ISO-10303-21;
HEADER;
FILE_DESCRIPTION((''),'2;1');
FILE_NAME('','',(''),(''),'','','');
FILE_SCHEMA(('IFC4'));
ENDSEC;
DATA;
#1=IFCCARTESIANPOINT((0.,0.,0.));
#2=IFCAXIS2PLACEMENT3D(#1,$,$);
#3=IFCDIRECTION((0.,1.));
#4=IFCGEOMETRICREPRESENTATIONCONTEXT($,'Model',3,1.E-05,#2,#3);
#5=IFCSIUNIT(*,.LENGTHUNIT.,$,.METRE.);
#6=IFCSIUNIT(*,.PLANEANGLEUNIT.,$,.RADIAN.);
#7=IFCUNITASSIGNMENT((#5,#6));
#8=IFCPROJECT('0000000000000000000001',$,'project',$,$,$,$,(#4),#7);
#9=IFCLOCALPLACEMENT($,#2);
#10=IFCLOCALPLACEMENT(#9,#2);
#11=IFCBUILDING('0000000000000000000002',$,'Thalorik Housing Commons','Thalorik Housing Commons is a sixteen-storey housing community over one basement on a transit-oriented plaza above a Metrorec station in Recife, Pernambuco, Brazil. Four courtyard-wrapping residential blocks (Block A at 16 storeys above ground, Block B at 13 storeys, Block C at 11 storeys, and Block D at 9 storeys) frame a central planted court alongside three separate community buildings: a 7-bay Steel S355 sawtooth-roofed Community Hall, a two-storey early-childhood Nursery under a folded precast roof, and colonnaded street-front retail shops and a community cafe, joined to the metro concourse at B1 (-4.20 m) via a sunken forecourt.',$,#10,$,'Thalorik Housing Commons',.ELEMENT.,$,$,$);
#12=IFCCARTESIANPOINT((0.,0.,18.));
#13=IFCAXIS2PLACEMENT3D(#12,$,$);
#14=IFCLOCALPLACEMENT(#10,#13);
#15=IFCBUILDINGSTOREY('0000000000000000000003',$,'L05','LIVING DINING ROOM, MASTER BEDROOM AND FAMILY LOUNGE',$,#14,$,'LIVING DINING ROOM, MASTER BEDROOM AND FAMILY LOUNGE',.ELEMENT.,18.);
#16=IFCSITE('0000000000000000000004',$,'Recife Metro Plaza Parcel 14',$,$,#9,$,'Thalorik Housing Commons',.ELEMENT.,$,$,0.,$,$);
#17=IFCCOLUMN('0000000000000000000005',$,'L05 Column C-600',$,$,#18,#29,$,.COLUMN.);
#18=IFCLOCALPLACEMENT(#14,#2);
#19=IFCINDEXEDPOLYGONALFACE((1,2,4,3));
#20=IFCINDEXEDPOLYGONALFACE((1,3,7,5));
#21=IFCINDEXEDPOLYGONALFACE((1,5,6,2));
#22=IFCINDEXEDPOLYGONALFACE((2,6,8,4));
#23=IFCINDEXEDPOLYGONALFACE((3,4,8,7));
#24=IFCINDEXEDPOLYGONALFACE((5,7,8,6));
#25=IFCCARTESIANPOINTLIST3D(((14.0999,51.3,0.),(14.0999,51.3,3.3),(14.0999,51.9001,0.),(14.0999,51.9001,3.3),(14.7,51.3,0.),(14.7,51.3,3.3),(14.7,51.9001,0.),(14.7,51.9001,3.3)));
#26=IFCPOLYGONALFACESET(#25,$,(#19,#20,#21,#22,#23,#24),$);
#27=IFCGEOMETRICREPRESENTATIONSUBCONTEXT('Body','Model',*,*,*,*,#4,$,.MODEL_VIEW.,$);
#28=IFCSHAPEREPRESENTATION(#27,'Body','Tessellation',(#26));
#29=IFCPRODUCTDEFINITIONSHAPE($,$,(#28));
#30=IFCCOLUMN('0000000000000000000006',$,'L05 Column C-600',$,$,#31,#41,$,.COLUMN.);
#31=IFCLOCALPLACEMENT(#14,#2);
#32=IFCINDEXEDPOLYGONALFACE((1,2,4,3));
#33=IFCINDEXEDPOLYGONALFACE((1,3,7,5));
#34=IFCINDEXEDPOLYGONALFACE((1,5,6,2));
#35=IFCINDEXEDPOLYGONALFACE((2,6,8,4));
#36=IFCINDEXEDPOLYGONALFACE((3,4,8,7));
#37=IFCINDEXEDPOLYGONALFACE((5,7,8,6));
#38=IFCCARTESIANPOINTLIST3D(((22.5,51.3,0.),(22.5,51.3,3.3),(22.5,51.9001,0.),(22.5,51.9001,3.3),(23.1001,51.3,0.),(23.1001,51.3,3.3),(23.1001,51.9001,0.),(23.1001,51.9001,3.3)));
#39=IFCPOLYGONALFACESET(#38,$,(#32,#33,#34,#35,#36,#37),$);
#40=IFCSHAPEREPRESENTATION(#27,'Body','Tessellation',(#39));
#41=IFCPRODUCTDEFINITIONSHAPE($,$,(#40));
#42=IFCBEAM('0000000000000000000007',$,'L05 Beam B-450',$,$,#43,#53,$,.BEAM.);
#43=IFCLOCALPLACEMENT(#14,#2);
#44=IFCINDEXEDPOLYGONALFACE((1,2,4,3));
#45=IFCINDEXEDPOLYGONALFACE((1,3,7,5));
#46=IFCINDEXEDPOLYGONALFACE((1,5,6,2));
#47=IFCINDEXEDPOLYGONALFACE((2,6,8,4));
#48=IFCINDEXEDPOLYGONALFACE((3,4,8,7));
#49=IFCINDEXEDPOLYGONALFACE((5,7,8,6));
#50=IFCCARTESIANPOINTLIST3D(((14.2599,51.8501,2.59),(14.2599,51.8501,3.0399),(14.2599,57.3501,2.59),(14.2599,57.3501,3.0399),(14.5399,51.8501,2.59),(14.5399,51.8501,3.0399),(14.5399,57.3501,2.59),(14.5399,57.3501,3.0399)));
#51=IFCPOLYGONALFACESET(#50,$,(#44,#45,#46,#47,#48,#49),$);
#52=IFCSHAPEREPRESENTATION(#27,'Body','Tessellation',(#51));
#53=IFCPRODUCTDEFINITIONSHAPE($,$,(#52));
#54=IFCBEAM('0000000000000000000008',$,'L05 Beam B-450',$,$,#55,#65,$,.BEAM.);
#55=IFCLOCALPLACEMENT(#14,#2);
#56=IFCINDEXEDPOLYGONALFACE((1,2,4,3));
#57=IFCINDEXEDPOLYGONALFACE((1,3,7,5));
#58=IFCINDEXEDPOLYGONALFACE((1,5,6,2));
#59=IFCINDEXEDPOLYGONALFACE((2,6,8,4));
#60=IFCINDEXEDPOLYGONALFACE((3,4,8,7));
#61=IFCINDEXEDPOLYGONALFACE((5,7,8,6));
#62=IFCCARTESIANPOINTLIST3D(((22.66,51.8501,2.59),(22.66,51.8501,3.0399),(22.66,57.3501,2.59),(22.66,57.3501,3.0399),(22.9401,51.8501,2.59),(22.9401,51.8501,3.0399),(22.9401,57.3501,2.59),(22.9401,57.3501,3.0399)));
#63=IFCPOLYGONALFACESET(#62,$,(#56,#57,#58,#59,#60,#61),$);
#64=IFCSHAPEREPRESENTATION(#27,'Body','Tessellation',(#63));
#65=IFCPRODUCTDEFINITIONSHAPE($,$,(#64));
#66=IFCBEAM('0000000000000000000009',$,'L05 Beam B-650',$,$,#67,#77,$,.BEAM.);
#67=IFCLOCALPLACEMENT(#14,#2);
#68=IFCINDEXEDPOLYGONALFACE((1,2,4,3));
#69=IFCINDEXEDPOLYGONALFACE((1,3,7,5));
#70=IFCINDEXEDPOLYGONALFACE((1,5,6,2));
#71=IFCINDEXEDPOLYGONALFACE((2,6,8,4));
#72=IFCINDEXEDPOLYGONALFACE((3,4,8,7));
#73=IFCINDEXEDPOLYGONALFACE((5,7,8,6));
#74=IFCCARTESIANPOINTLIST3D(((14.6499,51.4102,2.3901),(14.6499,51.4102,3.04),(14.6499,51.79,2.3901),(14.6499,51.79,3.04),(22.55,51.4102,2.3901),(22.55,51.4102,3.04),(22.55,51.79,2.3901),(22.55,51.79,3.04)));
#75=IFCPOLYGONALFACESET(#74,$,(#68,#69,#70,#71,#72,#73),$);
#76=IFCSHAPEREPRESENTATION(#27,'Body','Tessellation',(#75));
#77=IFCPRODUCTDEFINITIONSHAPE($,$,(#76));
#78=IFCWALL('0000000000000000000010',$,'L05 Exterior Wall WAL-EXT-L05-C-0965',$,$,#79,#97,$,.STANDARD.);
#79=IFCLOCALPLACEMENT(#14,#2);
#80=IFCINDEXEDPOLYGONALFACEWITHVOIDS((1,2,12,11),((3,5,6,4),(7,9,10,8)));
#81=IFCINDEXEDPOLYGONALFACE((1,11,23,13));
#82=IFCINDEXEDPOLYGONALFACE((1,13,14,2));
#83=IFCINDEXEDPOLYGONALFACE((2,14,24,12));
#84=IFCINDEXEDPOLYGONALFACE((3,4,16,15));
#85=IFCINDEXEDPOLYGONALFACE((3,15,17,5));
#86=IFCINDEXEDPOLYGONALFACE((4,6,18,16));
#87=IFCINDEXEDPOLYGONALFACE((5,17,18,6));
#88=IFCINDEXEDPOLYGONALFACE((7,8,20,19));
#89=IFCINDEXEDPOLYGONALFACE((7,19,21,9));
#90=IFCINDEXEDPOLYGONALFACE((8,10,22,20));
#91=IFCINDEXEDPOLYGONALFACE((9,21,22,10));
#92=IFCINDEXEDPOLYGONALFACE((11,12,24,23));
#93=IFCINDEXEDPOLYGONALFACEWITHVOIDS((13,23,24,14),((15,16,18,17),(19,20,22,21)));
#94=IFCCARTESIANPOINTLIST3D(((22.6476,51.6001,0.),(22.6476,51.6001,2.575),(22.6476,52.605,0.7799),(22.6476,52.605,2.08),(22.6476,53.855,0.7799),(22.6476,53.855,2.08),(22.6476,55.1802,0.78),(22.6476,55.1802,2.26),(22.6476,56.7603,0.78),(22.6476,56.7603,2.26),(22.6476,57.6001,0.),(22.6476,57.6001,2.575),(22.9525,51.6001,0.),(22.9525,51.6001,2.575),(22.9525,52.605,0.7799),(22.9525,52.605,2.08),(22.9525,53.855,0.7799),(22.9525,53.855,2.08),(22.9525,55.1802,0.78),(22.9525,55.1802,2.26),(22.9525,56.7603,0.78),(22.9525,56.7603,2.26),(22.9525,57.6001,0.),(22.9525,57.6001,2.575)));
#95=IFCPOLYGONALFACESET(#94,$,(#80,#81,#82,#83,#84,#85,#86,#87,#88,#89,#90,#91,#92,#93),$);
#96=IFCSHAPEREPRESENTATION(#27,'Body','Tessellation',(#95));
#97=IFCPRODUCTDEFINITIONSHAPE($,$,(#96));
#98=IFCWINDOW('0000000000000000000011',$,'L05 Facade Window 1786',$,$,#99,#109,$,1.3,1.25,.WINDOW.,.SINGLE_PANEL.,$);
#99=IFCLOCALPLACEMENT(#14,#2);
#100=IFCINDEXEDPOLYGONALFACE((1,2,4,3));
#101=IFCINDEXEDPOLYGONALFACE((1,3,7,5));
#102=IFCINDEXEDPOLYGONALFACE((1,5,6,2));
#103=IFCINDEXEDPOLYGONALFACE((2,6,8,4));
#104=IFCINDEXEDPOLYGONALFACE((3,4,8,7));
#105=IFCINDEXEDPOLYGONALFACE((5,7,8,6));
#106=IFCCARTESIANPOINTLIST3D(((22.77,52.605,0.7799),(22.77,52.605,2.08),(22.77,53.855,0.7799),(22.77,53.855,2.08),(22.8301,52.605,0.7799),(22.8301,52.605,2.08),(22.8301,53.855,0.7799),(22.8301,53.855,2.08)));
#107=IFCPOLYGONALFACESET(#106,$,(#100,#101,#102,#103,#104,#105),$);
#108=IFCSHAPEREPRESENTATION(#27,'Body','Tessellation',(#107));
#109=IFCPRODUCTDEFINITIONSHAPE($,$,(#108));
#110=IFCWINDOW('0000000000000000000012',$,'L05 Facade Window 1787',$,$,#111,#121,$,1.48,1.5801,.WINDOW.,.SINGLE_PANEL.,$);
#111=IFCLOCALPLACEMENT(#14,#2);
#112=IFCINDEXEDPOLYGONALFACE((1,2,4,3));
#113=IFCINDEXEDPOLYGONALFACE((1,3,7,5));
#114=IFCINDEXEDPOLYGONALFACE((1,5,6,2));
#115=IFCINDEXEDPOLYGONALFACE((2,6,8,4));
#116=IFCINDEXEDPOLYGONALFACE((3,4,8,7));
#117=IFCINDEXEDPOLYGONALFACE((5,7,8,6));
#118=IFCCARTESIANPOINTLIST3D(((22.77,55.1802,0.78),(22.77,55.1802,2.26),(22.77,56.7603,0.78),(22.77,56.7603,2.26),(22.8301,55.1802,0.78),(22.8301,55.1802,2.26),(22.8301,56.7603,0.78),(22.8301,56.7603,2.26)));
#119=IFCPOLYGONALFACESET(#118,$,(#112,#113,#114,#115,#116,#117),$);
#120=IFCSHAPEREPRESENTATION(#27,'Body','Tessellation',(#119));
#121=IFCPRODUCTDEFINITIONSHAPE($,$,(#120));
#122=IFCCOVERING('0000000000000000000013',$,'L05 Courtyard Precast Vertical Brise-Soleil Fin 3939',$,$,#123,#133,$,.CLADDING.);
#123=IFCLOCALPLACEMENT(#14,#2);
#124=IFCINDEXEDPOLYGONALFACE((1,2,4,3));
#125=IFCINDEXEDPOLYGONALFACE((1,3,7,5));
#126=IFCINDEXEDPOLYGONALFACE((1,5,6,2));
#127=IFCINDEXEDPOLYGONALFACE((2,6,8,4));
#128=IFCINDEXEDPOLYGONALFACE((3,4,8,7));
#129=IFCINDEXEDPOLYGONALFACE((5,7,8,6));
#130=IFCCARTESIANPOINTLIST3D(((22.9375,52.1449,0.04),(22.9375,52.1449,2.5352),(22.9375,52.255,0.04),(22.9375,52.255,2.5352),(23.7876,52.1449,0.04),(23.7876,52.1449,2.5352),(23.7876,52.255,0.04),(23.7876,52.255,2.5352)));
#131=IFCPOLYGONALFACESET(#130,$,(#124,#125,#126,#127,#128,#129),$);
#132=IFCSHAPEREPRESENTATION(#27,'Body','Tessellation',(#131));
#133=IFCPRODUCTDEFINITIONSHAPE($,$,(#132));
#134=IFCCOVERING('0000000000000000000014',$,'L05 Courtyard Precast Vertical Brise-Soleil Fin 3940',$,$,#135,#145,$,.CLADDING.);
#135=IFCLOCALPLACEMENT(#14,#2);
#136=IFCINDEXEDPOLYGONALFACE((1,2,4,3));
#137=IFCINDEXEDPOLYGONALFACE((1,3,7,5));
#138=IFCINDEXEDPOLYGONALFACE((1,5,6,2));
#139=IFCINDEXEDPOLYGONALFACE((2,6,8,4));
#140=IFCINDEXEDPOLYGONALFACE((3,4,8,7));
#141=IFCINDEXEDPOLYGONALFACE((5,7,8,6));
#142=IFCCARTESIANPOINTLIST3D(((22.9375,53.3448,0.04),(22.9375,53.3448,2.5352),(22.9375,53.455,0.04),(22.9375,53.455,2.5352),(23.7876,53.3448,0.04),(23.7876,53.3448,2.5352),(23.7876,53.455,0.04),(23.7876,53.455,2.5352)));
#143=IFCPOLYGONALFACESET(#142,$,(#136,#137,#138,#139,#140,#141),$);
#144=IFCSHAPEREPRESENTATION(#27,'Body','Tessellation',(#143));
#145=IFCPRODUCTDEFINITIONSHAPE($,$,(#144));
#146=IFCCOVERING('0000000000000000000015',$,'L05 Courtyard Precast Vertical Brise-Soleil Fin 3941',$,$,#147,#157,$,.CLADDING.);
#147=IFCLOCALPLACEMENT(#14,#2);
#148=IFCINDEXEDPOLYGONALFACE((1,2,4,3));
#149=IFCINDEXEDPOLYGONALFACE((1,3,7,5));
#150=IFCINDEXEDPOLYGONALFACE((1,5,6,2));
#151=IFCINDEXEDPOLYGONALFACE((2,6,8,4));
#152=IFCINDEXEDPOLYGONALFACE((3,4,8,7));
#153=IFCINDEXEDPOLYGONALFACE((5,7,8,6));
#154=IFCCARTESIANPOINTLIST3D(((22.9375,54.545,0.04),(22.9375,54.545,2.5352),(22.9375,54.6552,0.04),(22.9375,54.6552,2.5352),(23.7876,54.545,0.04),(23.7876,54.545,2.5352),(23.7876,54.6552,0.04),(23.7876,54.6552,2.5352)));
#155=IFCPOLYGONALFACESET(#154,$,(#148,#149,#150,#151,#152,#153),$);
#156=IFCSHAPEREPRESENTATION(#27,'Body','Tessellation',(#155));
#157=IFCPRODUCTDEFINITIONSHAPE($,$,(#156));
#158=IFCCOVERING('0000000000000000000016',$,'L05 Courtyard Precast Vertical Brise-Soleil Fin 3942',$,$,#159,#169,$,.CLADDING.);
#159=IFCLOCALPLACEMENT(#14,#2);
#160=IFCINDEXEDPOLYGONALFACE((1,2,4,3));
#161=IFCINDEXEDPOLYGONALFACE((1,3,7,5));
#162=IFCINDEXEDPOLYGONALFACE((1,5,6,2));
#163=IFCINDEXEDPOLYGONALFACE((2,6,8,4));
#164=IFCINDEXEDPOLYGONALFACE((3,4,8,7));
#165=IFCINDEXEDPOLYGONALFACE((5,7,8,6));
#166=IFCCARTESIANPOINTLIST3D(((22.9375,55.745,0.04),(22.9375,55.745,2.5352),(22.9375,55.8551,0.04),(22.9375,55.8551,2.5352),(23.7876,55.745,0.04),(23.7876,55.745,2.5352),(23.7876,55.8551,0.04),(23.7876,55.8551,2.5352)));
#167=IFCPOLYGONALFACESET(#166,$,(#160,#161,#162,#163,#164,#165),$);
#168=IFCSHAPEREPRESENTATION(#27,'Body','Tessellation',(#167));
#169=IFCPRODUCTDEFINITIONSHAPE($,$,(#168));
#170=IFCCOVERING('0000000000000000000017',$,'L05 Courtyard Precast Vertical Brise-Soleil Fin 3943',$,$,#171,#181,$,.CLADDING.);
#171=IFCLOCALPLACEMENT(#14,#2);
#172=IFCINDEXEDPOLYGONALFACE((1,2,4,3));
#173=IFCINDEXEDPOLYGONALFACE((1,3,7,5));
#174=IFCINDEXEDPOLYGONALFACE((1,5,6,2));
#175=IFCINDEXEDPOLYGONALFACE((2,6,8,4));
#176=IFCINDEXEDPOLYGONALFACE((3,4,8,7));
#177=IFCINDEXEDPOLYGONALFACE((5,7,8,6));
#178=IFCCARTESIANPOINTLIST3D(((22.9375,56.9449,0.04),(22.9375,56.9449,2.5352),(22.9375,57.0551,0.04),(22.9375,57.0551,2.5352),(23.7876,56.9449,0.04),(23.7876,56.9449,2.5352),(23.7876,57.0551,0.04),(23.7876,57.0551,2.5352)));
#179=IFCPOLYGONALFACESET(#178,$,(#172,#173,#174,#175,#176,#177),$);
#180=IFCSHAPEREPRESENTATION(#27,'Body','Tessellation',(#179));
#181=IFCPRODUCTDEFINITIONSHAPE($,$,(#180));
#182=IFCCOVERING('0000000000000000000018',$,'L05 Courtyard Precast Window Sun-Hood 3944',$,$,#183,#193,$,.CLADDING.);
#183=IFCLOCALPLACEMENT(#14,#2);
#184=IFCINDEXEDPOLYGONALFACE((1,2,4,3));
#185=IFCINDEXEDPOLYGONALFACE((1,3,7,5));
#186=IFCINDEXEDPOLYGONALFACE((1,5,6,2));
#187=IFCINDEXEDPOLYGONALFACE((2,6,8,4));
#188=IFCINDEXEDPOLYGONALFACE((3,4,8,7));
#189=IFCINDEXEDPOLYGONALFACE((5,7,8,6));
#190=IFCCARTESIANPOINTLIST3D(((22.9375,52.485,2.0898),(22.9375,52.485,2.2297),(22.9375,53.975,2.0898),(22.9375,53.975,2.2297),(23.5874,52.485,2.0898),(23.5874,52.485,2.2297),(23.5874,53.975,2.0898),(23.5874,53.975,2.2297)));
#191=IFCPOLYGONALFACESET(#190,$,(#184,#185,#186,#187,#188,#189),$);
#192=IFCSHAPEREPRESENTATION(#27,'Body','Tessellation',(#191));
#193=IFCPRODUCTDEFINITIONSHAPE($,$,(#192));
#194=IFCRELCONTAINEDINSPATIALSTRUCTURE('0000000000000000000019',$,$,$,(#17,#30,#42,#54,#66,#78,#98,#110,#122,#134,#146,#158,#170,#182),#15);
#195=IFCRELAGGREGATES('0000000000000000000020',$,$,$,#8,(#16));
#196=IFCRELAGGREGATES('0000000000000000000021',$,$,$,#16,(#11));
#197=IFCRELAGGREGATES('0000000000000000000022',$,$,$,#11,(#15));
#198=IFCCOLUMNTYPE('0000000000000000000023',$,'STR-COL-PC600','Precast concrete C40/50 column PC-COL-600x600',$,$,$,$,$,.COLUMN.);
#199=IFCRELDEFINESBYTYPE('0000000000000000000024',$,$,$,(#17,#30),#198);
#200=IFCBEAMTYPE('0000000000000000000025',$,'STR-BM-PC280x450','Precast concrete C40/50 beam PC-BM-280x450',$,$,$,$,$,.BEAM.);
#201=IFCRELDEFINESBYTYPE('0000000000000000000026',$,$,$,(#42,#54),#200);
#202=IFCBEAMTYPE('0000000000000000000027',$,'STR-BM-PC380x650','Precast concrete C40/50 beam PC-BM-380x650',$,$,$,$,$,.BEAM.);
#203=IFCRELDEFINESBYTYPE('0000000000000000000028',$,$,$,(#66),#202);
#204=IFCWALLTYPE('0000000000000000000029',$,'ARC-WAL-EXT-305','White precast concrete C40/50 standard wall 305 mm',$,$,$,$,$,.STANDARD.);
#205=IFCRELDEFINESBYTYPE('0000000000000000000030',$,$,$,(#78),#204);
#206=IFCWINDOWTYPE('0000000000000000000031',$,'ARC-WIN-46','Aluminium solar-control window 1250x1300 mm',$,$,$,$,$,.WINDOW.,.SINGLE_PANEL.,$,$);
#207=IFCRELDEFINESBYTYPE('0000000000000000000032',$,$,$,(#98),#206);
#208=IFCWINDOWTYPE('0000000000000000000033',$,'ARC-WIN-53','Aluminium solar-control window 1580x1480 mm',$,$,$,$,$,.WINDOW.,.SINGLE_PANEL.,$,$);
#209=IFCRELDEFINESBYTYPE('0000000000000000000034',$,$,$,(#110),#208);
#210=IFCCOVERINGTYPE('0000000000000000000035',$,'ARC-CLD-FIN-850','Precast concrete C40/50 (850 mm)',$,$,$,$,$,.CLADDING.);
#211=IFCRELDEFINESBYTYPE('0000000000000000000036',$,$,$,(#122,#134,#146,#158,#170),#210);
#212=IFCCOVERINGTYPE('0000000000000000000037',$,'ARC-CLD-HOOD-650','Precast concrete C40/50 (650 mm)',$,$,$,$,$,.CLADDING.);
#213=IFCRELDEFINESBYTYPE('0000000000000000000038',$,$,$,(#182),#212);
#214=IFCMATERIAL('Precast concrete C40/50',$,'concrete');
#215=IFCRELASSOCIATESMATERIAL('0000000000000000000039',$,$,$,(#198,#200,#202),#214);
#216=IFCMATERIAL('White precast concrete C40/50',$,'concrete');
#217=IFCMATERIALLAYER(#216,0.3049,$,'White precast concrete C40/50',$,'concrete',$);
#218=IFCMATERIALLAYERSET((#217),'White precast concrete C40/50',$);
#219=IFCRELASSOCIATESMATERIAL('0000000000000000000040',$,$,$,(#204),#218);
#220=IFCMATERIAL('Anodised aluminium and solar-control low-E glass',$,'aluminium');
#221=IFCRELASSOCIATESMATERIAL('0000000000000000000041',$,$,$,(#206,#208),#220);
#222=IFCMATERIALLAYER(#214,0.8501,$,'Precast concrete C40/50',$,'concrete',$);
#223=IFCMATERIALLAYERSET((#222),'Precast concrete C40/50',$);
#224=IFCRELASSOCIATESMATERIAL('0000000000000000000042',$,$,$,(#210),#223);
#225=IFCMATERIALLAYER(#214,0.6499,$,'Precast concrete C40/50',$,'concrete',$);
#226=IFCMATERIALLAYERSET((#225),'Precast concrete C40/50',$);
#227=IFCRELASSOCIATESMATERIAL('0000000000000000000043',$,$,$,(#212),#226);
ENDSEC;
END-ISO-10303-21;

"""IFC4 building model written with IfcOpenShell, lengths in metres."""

from ifc_helpers import new_model, si_unit, direction, frame, frame_2d, origin, origin_2d, place, context, subcontext, project, spatial, rectangle, extrude, material, layer, layer_set, material_profile, profile_set, type_object, element, fill, save


model = new_model("IFC4")

# Units and contexts
model_context = context("Model", 3, precision=1e-05, world=origin(), true_north=direction((0.0, 1.0)))
body_context = subcontext(model_context, "Body", "Model", "MODEL_VIEW")
ifc_project = project(units=[si_unit("LENGTHUNIT", "METRE"), si_unit("PLANEANGLEUNIT", "RADIAN")], contexts=[model_context])

# Site, building, storey
site_placement = place(None, origin())
site = spatial("IfcSite", under=ifc_project, at=site_placement, Name="Recife Metro Plaza Parcel 14", LongName="Thalorik Housing Commons", CompositionType="ELEMENT", RefElevation=0.0)
building_placement = place(site_placement, origin())
building = spatial("IfcBuilding", under=site, at=building_placement, Name="Thalorik Housing Commons", Description="Thalorik Housing Commons is a sixteen-storey housing community over one basement on a transit-oriented plaza above a Metrorec station in Recife, Pernambuco, Brazil. Four courtyard-wrapping residential blocks (Block A at 16 storeys above ground, Block B at 13 storeys, Block C at 11 storeys, and Block D at 9 storeys) frame a central planted court alongside three separate community buildings: a 7-bay Steel S355 sawtooth-roofed Community Hall, a two-storey early-childhood Nursery under a folded precast roof, and colonnaded street-front retail shops and a community cafe, joined to the metro concourse at B1 (-4.20 m) via a sunken forecourt.", LongName="Thalorik Housing Commons", CompositionType="ELEMENT")
storey_placement = place(building_placement, frame((0.0, 0.0, 18.0)))
storey = spatial("IfcBuildingStorey", under=building, at=storey_placement, Name="L05", Description="LIVING DINING ROOM, MASTER BEDROOM AND FAMILY LOUNGE", LongName="LIVING DINING ROOM, MASTER BEDROOM AND FAMILY LOUNGE", CompositionType="ELEMENT", Elevation=18.0)

# Columns
ifc_material_1 = material(Name="Precast concrete C40/50", Category="concrete")
ifc_material_profile_1 = material_profile(ifc_material_1, rectangle(XDim=0.6001, YDim=0.6001, at=origin_2d()), Name="PC 600x600", Category="concrete")
ifc_profile_set_1 = profile_set([ifc_material_profile_1], Name="Precast concrete C40/50")
column_type = type_object("IfcColumnType", Name="STR-COL-PC600", Description="Precast concrete C40/50 column PC-COL-600x600", PredefinedType="COLUMN", material=ifc_profile_set_1)
for number, where, z_axis, x_axis, name in (
    (1, (14.3999, 51.6001, 0.0), (0.0, 0.0, 1.0), (1.0, 0.0, 0.0), "L05 Column C-600"),
    (2, (22.8, 51.6001, 0.0), (0.0, 0.0, 1.0), (1.0, 0.0, 0.0), "L05 Column C-600"),
):
    element("IfcColumn", number, at=place(storey_placement, frame(where, z_axis=z_axis, x_axis=x_axis)), inside=storey, type_object=column_type, Name=name, PredefinedType="COLUMN", context=body_context, shape_type="SweptSolid", body=[
        extrude(rectangle(XDim=0.6001, YDim=0.6001, at=origin_2d()), origin(), (0.0, 0.0, 1.0), 3.3),
    ])

# Beams
ifc_material_profile_2 = material_profile(ifc_material_1, rectangle(XDim=0.28, YDim=0.45, at=origin_2d()), Name="PC 280x450", Category="concrete")
ifc_profile_set_2 = profile_set([ifc_material_profile_2], Name="Precast concrete C40/50")
beam_type_1 = type_object("IfcBeamType", Name="STR-BM-PC280x450", Description="Precast concrete C40/50 beam PC-BM-280x450", PredefinedType="BEAM", material=ifc_profile_set_2)
for number, where, z_axis, x_axis, name in (
    (3, (14.3999, 51.8501, 2.8149), (0.0, 1.0, 0.0), (-1.0, 0.0, 0.0), "L05 Beam B-450"),
    (4, (22.8, 51.8501, 2.8149), (0.0, 1.0, 0.0), (-1.0, 0.0, 0.0), "L05 Beam B-450"),
):
    element("IfcBeam", number, at=place(storey_placement, frame(where, z_axis=z_axis, x_axis=x_axis)), inside=storey, type_object=beam_type_1, Name=name, PredefinedType="BEAM", context=body_context, shape_type="SweptSolid", body=[
        extrude(rectangle(XDim=0.28, YDim=0.45, at=origin_2d()), origin(), (0.0, 0.0, 1.0), 5.5),
    ])
ifc_material_profile_3 = material_profile(ifc_material_1, rectangle(XDim=0.3799, YDim=0.6499, at=origin_2d()), Name="PC 380x650", Category="concrete")
ifc_profile_set_3 = profile_set([ifc_material_profile_3], Name="Precast concrete C40/50")
beam_type_2 = type_object("IfcBeamType", Name="STR-BM-PC380x650", Description="Precast concrete C40/50 beam PC-BM-380x650", PredefinedType="BEAM", material=ifc_profile_set_3)
beam_placement = place(storey_placement, frame((14.6499, 51.6001, 2.7151), z_axis=(1.0, 0.0, 0.0), x_axis=(0.0, 1.0, 0.0)))
element("IfcBeam", 5, at=beam_placement, inside=storey, type_object=beam_type_2, Name="L05 Beam B-650", PredefinedType="BEAM", context=body_context, shape_type="SweptSolid", body=[
    extrude(rectangle(XDim=0.3799, YDim=0.6499, at=origin_2d()), origin(), (0.0, 0.0, 1.0), 7.9001),
])

# Wall, openings, windows
ifc_material_2 = material(Name="White precast concrete C40/50", Category="concrete")
ifc_layer_1 = layer(ifc_material_2, 0.3049, Name="White precast concrete C40/50", Category="concrete")
ifc_layer_set_1 = layer_set([ifc_layer_1], Name="White precast concrete C40/50")
wall_type = type_object("IfcWallType", Name="ARC-WAL-EXT-305", Description="White precast concrete C40/50 standard wall 305 mm", PredefinedType="STANDARD", material=ifc_layer_set_1)
wall_placement = place(storey_placement, frame((22.8, 51.6001, 0.0), z_axis=(0.0, 0.0, 1.0), x_axis=(0.0, 1.0, 0.0)))
wall = element("IfcWall", 6, at=wall_placement, inside=storey, type_object=wall_type, Name="L05 Exterior Wall WAL-EXT-L05-C-0965", PredefinedType="STANDARD", context=body_context, shape_type="SweptSolid", body=[
    extrude(rectangle(XDim=6.0, YDim=0.3049, at=frame_2d((3.0, 0.0))), origin(), (0.0, 0.0, 1.0), 2.575),
])
opening_1_placement = place(wall_placement, frame((1.0049, 0.0, 0.78)))
opening_1 = element("IfcOpeningElement", 7, at=opening_1_placement, cuts=wall, PredefinedType="OPENING", context=body_context, shape_type="SweptSolid", body=[
    extrude(rectangle(XDim=1.25, YDim=1.3, at=frame_2d((0.625, 0.6499))), frame((0.0, 0.1626, 0.0), z_axis=(0.0, -1.0, 0.0), x_axis=(1.0, 0.0, 0.0)), (0.0, 0.0, 1.0), 0.325),
])
opening_2_placement = place(wall_placement, frame((3.5801, 0.0, 0.78)))
opening_2 = element("IfcOpeningElement", 8, at=opening_2_placement, cuts=wall, PredefinedType="OPENING", context=body_context, shape_type="SweptSolid", body=[
    extrude(rectangle(XDim=1.5801, YDim=1.48, at=frame_2d((0.79, 0.74))), frame((0.0, 0.1626, 0.0), z_axis=(0.0, -1.0, 0.0), x_axis=(1.0, 0.0, 0.0)), (0.0, 0.0, 1.0), 0.325),
])
ifc_material_3 = material(Name="Anodised aluminium and solar-control low-E glass", Category="aluminium")
window_type_1 = type_object("IfcWindowType", Name="ARC-WIN-46", Description="Aluminium solar-control window 1250x1300 mm", PartitioningType="SINGLE_PANEL", PredefinedType="WINDOW", material=ifc_material_3)
window_1_placement = place(opening_1_placement, origin())
window_1 = element("IfcWindow", 9, at=window_1_placement, inside=storey, type_object=window_type_1, Name="L05 Facade Window 1786", OverallHeight=1.3, OverallWidth=1.25, PartitioningType="SINGLE_PANEL", PredefinedType="WINDOW", context=body_context, shape_type="SweptSolid", body=[
    extrude(rectangle(XDim=1.25, YDim=1.3, at=frame_2d((0.625, 0.6499))), frame((0.0, 0.03, 0.0), z_axis=(0.0, -1.0, 0.0), x_axis=(1.0, 0.0, 0.0)), (0.0, 0.0, 1.0), 0.0601),
])
fill(opening_1, window_1)
window_type_2 = type_object("IfcWindowType", Name="ARC-WIN-53", Description="Aluminium solar-control window 1580x1480 mm", PartitioningType="SINGLE_PANEL", PredefinedType="WINDOW", material=ifc_material_3)
window_2_placement = place(opening_2_placement, origin())
window_2 = element("IfcWindow", 10, at=window_2_placement, inside=storey, type_object=window_type_2, Name="L05 Facade Window 1787", OverallHeight=1.48, OverallWidth=1.5801, PartitioningType="SINGLE_PANEL", PredefinedType="WINDOW", context=body_context, shape_type="SweptSolid", body=[
    extrude(rectangle(XDim=1.5801, YDim=1.48, at=frame_2d((0.79, 0.74))), frame((0.0, 0.03, 0.0), z_axis=(0.0, -1.0, 0.0), x_axis=(1.0, 0.0, 0.0)), (0.0, 0.0, 1.0), 0.0601),
])
fill(opening_2, window_2)

# Coverings
ifc_layer_2 = layer(ifc_material_1, 0.8501, Name="Precast concrete C40/50", Category="concrete")
ifc_layer_set_2 = layer_set([ifc_layer_2], Name="Precast concrete C40/50")
covering_type_1 = type_object("IfcCoveringType", Name="ARC-CLD-FIN-850", Description="Precast concrete C40/50 (850 mm)", PredefinedType="CLADDING", material=ifc_layer_set_2)
for number, where, z_axis, x_axis, name in (
    (11, (23.3625, 52.2, 0.04), (0.0, 0.0, 1.0), (0.0, 1.0, 0.0), "L05 Courtyard Precast Vertical Brise-Soleil Fin 3939"),
    (12, (23.3625, 53.3999, 0.04), (0.0, 0.0, 1.0), (0.0, 1.0, 0.0), "L05 Courtyard Precast Vertical Brise-Soleil Fin 3940"),
    (13, (23.3625, 54.6001, 0.04), (0.0, 0.0, 1.0), (0.0, 1.0, 0.0), "L05 Courtyard Precast Vertical Brise-Soleil Fin 3941"),
    (14, (23.3625, 55.8, 0.04), (0.0, 0.0, 1.0), (0.0, 1.0, 0.0), "L05 Courtyard Precast Vertical Brise-Soleil Fin 3942"),
    (15, (23.3625, 57.0, 0.04), (0.0, 0.0, 1.0), (0.0, 1.0, 0.0), "L05 Courtyard Precast Vertical Brise-Soleil Fin 3943"),
):
    element("IfcCovering", number, at=place(storey_placement, frame(where, z_axis=z_axis, x_axis=x_axis)), inside=storey, type_object=covering_type_1, Name=name, PredefinedType="CLADDING", context=body_context, shape_type="SweptSolid", body=[
        extrude(rectangle(XDim=0.1101, YDim=0.8501, at=origin_2d()), origin(), (0.0, 0.0, 1.0), 2.4951),
    ])
ifc_layer_3 = layer(ifc_material_1, 0.6499, Name="Precast concrete C40/50", Category="concrete")
ifc_layer_set_3 = layer_set([ifc_layer_3], Name="Precast concrete C40/50")
covering_type_2 = type_object("IfcCoveringType", Name="ARC-CLD-HOOD-650", Description="Precast concrete C40/50 (650 mm)", PredefinedType="CLADDING", material=ifc_layer_set_3)
covering_1_placement = place(storey_placement, frame((23.2625, 53.23, 2.0898), z_axis=(0.0, 0.0, 1.0), x_axis=(0.0, 1.0, 0.0)))
element("IfcCovering", 16, at=covering_1_placement, inside=storey, type_object=covering_type_2, Name="L05 Courtyard Precast Window Sun-Hood 3944", PredefinedType="CLADDING", context=body_context, shape_type="SweptSolid", body=[
    extrude(rectangle(XDim=1.49, YDim=0.6499, at=origin_2d()), origin(), (0.0, 0.0, 1.0), 0.1399),
])

save(model, "model.ifc")
